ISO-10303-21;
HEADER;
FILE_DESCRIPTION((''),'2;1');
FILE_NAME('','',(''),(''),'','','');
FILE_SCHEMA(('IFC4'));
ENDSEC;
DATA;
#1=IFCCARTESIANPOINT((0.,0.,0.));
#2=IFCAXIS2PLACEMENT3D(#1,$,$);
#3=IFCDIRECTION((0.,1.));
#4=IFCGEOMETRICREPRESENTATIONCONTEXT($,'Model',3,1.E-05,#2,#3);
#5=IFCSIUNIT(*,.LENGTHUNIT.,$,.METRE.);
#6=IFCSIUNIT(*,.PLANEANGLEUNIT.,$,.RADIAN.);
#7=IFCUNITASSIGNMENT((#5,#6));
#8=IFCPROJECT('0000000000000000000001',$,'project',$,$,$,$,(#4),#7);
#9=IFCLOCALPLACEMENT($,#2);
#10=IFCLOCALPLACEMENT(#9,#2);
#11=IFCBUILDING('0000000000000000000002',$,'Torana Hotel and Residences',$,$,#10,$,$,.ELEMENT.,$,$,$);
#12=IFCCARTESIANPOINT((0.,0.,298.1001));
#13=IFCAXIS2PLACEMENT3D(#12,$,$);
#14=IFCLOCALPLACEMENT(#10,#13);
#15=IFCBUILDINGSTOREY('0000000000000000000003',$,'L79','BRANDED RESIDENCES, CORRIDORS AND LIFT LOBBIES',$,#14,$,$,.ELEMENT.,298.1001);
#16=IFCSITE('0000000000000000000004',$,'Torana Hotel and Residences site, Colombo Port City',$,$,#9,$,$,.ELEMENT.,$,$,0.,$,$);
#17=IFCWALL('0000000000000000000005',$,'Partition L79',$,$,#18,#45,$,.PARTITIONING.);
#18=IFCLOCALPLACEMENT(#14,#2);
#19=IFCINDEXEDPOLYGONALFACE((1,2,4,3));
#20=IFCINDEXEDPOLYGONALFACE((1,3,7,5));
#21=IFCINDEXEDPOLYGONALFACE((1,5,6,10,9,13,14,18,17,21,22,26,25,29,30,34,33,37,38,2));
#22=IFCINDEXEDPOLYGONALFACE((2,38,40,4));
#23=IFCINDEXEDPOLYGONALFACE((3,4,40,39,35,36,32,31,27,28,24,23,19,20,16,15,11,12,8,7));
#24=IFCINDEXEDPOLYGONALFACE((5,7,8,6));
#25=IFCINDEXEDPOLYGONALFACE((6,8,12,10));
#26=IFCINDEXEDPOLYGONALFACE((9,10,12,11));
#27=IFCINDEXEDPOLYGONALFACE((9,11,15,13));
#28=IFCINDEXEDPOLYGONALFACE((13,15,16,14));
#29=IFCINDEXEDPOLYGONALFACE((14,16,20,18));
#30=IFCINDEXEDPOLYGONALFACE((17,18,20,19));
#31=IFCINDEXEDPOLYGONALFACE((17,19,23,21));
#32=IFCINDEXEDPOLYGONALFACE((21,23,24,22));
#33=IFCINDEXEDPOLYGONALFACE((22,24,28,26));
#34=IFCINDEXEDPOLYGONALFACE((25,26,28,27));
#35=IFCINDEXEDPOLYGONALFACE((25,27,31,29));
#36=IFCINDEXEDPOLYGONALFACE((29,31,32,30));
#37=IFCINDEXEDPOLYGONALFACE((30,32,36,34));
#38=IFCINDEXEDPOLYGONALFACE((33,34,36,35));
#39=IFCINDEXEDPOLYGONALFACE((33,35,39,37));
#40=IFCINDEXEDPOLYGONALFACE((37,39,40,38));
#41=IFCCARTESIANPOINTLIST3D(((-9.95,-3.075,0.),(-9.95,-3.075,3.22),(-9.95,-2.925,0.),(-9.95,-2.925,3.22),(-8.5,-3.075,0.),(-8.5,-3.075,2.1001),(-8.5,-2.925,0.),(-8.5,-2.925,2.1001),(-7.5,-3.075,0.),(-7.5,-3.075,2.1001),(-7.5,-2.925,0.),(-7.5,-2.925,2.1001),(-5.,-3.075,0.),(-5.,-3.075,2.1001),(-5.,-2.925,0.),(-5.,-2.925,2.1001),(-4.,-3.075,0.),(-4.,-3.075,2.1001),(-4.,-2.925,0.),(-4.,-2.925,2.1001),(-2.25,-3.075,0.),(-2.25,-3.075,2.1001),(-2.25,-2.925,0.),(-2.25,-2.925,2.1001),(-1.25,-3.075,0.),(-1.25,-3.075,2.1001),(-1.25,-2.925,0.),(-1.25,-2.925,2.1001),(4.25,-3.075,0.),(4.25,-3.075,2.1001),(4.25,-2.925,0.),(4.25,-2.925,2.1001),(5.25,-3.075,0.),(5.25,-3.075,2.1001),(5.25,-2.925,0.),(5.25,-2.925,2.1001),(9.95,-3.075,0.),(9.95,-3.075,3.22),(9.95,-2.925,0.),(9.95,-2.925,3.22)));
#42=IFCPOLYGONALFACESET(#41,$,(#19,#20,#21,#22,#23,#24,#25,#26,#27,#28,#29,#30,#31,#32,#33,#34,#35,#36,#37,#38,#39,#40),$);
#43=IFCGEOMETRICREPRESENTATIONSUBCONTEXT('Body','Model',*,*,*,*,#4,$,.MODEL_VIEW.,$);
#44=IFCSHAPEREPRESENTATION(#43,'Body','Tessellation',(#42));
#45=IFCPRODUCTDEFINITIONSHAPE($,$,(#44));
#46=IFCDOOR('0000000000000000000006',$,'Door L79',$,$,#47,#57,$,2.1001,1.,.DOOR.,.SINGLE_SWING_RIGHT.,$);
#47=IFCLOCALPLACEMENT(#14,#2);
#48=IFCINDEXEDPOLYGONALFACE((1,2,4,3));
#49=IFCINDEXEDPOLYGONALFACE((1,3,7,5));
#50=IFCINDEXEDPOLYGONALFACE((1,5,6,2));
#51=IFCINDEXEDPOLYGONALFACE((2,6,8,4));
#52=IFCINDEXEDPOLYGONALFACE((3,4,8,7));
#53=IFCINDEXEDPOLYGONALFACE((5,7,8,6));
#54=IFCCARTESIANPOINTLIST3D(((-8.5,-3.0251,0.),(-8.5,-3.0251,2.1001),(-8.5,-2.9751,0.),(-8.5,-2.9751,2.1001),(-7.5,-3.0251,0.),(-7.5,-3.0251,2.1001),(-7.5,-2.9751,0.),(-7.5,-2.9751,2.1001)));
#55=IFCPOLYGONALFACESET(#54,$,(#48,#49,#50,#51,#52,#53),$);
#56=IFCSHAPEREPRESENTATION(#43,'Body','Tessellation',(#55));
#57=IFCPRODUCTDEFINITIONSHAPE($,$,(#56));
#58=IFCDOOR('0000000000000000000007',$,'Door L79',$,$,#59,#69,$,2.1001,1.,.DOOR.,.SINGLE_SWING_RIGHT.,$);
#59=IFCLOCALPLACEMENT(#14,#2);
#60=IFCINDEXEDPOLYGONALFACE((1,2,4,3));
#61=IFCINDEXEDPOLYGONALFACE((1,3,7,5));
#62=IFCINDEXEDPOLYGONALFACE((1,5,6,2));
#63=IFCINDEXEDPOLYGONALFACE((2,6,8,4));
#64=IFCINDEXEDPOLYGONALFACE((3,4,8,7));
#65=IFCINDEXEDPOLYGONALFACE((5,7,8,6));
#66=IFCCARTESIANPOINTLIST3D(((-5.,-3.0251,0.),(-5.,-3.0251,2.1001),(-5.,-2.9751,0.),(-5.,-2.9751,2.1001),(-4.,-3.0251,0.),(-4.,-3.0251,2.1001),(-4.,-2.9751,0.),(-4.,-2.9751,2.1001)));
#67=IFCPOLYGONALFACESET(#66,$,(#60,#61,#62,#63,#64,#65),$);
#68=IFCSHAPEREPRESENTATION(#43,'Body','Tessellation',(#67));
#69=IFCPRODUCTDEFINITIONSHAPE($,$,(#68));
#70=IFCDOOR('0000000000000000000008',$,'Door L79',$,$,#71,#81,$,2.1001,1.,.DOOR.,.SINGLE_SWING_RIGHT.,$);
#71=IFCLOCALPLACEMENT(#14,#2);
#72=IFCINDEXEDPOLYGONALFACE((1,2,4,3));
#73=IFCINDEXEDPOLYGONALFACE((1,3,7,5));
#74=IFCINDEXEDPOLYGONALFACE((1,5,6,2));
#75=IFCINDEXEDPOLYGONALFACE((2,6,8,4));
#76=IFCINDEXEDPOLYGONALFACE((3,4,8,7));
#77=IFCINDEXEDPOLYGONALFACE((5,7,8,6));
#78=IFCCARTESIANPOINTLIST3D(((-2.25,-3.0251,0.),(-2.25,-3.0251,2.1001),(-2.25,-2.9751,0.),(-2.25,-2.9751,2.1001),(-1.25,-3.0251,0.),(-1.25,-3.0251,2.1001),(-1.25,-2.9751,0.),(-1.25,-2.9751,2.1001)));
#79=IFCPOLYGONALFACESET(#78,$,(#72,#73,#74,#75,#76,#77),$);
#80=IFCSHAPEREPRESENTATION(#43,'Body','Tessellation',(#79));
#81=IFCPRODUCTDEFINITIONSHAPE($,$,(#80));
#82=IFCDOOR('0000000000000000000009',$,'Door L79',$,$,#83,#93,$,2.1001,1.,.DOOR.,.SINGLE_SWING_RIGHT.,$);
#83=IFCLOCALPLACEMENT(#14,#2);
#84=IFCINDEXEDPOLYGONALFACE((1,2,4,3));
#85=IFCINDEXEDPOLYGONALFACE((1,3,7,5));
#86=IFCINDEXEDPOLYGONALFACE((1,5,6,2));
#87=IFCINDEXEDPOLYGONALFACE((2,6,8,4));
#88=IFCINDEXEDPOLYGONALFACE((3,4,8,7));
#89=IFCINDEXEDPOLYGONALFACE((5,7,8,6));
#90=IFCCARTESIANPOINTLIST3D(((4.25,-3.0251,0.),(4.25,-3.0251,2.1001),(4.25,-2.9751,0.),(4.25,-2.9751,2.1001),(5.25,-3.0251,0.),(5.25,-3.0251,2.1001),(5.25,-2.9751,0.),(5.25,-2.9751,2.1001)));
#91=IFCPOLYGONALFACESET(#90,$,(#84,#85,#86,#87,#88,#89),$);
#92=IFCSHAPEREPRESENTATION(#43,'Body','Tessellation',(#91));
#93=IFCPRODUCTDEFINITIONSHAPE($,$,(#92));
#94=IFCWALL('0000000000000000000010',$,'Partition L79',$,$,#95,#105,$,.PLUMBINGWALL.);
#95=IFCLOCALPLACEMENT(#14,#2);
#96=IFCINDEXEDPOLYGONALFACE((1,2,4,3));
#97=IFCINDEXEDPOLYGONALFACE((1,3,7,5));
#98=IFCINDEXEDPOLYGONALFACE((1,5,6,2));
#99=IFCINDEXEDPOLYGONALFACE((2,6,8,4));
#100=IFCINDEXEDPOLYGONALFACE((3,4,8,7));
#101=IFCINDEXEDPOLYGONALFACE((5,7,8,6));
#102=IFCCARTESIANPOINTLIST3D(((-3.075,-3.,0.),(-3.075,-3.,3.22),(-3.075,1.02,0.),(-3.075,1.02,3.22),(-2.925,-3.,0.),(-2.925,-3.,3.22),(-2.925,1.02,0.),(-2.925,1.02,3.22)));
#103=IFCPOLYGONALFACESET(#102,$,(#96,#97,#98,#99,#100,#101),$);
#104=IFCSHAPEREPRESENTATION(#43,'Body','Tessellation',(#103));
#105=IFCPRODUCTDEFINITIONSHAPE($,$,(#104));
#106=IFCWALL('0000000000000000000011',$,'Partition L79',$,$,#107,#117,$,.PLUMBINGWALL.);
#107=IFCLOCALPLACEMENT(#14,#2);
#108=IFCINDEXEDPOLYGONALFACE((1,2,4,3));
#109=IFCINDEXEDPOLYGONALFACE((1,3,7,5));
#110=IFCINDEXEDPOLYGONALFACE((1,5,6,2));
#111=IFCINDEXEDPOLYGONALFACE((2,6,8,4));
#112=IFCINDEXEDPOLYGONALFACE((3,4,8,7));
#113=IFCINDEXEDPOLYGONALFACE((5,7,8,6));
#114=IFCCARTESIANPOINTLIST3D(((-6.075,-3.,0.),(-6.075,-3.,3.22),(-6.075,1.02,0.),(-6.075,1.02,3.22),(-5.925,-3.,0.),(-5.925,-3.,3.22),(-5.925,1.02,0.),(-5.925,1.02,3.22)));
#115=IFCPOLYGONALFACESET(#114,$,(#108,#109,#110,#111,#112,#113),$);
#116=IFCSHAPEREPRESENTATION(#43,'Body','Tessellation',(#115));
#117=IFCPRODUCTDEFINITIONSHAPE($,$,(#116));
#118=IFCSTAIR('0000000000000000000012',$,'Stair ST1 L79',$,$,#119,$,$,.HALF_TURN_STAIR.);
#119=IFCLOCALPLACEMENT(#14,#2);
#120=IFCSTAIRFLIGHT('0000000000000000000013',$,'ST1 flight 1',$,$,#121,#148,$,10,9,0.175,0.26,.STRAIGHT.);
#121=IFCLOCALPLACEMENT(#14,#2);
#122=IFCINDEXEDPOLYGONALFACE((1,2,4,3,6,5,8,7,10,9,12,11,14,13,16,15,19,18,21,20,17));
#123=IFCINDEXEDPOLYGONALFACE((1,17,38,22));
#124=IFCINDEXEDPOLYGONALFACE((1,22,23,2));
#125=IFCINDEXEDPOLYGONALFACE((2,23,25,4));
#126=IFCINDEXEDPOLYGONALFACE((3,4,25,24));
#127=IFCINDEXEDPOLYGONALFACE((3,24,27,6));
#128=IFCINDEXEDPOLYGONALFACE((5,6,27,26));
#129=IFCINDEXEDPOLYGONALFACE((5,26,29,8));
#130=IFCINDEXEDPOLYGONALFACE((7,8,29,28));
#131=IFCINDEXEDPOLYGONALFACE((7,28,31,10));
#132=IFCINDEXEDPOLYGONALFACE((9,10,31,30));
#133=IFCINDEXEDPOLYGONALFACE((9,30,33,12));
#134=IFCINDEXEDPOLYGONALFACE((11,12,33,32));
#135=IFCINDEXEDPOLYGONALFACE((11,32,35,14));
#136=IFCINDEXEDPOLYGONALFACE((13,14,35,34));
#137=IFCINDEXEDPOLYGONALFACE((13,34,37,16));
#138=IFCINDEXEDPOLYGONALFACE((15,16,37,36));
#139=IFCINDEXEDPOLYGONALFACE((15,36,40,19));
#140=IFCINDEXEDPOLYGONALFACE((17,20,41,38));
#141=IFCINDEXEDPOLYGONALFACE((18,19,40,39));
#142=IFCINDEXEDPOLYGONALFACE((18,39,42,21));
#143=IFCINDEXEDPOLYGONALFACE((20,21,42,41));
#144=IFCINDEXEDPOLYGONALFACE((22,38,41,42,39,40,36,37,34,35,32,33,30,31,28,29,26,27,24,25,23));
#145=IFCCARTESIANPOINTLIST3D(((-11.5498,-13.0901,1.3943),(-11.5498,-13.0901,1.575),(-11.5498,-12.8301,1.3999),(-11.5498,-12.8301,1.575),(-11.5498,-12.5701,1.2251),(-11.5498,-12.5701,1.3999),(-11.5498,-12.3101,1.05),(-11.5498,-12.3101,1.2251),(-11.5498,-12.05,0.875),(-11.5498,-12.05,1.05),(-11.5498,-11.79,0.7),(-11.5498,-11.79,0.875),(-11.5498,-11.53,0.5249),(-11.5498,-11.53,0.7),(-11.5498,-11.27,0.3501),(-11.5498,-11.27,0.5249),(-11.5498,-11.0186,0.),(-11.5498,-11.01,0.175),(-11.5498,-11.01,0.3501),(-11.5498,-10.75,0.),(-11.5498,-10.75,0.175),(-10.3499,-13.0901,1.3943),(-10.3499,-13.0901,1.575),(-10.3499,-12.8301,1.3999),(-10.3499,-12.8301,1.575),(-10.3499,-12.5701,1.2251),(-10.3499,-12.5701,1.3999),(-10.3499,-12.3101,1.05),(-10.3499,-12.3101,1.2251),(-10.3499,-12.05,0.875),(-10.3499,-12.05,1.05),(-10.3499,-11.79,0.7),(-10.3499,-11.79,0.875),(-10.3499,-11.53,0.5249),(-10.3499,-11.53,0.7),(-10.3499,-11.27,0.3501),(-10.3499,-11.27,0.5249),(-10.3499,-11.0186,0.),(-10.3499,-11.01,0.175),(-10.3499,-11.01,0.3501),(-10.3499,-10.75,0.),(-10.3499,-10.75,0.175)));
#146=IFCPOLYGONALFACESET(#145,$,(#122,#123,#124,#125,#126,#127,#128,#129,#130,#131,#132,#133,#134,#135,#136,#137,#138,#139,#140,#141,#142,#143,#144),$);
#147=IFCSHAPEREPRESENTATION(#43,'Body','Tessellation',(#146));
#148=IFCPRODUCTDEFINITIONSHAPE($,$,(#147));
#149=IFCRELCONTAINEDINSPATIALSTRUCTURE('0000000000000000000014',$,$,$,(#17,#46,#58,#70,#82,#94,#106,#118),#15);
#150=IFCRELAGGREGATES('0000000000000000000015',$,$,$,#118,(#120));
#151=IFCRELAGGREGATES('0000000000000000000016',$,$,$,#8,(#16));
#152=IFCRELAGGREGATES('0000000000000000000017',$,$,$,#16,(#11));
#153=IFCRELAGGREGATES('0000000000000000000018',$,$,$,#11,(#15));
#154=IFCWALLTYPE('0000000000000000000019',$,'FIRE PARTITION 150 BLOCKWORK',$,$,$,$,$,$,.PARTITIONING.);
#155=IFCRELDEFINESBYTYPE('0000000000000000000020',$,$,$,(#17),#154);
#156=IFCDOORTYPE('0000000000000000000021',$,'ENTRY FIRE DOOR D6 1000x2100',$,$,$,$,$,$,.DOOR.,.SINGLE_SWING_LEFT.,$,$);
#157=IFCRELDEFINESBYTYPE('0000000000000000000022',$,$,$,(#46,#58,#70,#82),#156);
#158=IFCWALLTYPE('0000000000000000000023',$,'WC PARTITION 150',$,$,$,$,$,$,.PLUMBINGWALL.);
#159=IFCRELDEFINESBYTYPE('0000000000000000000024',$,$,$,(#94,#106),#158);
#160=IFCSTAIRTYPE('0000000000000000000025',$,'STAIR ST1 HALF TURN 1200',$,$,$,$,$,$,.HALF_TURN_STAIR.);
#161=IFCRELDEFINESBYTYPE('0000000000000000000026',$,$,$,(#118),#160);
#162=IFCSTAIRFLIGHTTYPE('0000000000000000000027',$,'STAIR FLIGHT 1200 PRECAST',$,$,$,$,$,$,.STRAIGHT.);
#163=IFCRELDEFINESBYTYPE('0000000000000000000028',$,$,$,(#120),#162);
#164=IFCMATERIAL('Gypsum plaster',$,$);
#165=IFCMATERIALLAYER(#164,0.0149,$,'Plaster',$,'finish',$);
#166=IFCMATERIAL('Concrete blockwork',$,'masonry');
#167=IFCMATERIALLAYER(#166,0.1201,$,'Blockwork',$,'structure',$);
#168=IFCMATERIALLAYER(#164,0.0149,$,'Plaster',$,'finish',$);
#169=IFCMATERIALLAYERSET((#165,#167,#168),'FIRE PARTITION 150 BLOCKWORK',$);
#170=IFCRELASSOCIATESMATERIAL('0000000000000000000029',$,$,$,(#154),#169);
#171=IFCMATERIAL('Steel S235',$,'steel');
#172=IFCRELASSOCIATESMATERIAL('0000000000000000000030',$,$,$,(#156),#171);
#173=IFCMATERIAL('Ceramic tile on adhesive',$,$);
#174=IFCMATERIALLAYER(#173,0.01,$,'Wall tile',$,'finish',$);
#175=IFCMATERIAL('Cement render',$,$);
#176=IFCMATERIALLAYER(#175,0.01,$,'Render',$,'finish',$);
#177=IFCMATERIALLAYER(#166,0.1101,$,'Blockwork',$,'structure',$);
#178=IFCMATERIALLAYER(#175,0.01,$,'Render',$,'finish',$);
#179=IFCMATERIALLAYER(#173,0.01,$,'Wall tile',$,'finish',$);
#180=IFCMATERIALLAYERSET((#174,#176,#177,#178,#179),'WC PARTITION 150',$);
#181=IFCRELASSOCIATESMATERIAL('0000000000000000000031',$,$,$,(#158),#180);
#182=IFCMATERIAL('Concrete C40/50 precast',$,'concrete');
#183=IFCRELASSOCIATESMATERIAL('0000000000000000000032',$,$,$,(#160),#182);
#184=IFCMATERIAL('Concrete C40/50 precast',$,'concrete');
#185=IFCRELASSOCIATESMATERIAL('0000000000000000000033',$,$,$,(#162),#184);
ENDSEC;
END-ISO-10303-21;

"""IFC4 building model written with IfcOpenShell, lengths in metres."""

from ifc_helpers import new_model, si_unit, direction, frame, frame_2d, origin, place, context, subcontext, project, spatial, polyline, rectangle, outline, extrude, material, layer, layer_set, type_object, element, fill, aggregate, save


model = new_model("IFC4")

# Units and contexts
model_context = context("Model", 3, precision=1e-05, world=origin(), true_north=direction((0.0, 1.0)))
body_context = subcontext(model_context, "Body", "Model", "MODEL_VIEW")
ifc_project = project(units=[si_unit("LENGTHUNIT", "METRE"), si_unit("PLANEANGLEUNIT", "RADIAN")], contexts=[model_context])

# Site, building, storey
site_placement = place(None, origin())
site = spatial("IfcSite", under=ifc_project, at=site_placement, Name="Torana Hotel and Residences site, Colombo Port City", CompositionType="ELEMENT", RefElevation=0.0)
building_placement = place(site_placement, origin())
building = spatial("IfcBuilding", under=site, at=building_placement, Name="Torana Hotel and Residences", CompositionType="ELEMENT")
storey_placement = place(building_placement, frame((0.0, 0.0, 298.1001)))
storey = spatial("IfcBuildingStorey", under=building, at=storey_placement, Name="L79", Description="BRANDED RESIDENCES, CORRIDORS AND LIFT LOBBIES", CompositionType="ELEMENT", Elevation=298.1001)

# Shared definitions
ifc_material_1 = material(Name="Gypsum plaster")
ifc_layer_1 = layer(ifc_material_1, 0.0149, Name="Plaster", Category="finish")
ifc_material_2 = material(Name="Concrete blockwork", Category="masonry")
ifc_layer_2 = layer(ifc_material_2, 0.1201, Name="Blockwork", Category="structure")
ifc_layer_3 = layer(ifc_material_1, 0.0149, Name="Plaster", Category="finish")
ifc_layer_set_1 = layer_set([ifc_layer_1, ifc_layer_2, ifc_layer_3], Name="FIRE PARTITION 150 BLOCKWORK")
wall_type_1 = type_object("IfcWallType", Name="FIRE PARTITION 150 BLOCKWORK", PredefinedType="PARTITIONING", material=ifc_layer_set_1)

# Wall, openings, doors
ifc_material_3 = material(Name="Steel S235", Category="steel")
door_type_1 = type_object("IfcDoorType", Name="ENTRY FIRE DOOR D6 1000x2100", OperationType="SINGLE_SWING_LEFT", PredefinedType="DOOR", material=ifc_material_3)
wall_1_placement = place(storey_placement, frame((-9.95, -3.0, 0.0), z_axis=(0.0, 0.0, 1.0), x_axis=(1.0, 0.0, 0.0)))
wall_1 = element("IfcWall", 1, at=wall_1_placement, inside=storey, type_object=wall_type_1, Name="Partition L79", PredefinedType="PARTITIONING", context=body_context, shape_type="SweptSolid", body=[
    extrude(rectangle(XDim=19.8999, YDim=0.1499, at=frame_2d((9.95, 0.0))), origin(), (0.0, 0.0, 1.0), 3.22),
])
opening_1_placement = place(wall_1_placement, frame((1.45, 0.0, 0.0)))
opening_1 = element("IfcOpeningElement", 2, at=opening_1_placement, cuts=wall_1, PredefinedType="OPENING", context=body_context, shape_type="SweptSolid", body=[
    extrude(rectangle(XDim=1.0, YDim=2.1001, at=frame_2d((0.5, 1.05))), frame((0.0, 0.085, 0.0), z_axis=(0.0, -1.0, 0.0), x_axis=(1.0, 0.0, 0.0)), (0.0, 0.0, 1.0), 0.1699),
])
opening_2_placement = place(wall_1_placement, frame((4.95, 0.0, 0.0)))
opening_2 = element("IfcOpeningElement", 3, at=opening_2_placement, cuts=wall_1, PredefinedType="OPENING", context=body_context, shape_type="SweptSolid", body=[
    extrude(rectangle(XDim=1.0, YDim=2.1001, at=frame_2d((0.5, 1.05))), frame((0.0, 0.085, 0.0), z_axis=(0.0, -1.0, 0.0), x_axis=(1.0, 0.0, 0.0)), (0.0, 0.0, 1.0), 0.1699),
])
opening_3_placement = place(wall_1_placement, frame((7.7, 0.0, 0.0)))
opening_3 = element("IfcOpeningElement", 4, at=opening_3_placement, cuts=wall_1, PredefinedType="OPENING", context=body_context, shape_type="SweptSolid", body=[
    extrude(rectangle(XDim=1.0, YDim=2.1001, at=frame_2d((0.5, 1.05))), frame((0.0, 0.085, 0.0), z_axis=(0.0, -1.0, 0.0), x_axis=(1.0, 0.0, 0.0)), (0.0, 0.0, 1.0), 0.1699),
])
opening_4_placement = place(wall_1_placement, frame((14.2, 0.0, 0.0)))
opening_4 = element("IfcOpeningElement", 5, at=opening_4_placement, cuts=wall_1, PredefinedType="OPENING", context=body_context, shape_type="SweptSolid", body=[
    extrude(rectangle(XDim=1.0, YDim=2.1001, at=frame_2d((0.5, 1.05))), frame((0.0, 0.085, 0.0), z_axis=(0.0, -1.0, 0.0), x_axis=(1.0, 0.0, 0.0)), (0.0, 0.0, 1.0), 0.1699),
])
door_1_placement = place(opening_1_placement, origin())
door_1 = element("IfcDoor", 6, at=door_1_placement, inside=storey, type_object=door_type_1, Name="Door L79", OperationType="SINGLE_SWING_RIGHT", OverallHeight=2.1001, OverallWidth=1.0, PredefinedType="DOOR", context=body_context, shape_type="SweptSolid", body=[
    extrude(rectangle(XDim=1.0, YDim=2.1001, at=frame_2d((0.5, 1.05))), frame((0.0, 0.0249, 0.0), z_axis=(0.0, -1.0, 0.0), x_axis=(1.0, 0.0, 0.0)), (0.0, 0.0, 1.0), 0.05),
])
fill(opening_1, door_1)
door_2_placement = place(opening_2_placement, origin())
door_2 = element("IfcDoor", 7, at=door_2_placement, inside=storey, type_object=door_type_1, Name="Door L79", OperationType="SINGLE_SWING_RIGHT", OverallHeight=2.1001, OverallWidth=1.0, PredefinedType="DOOR", context=body_context, shape_type="SweptSolid", body=[
    extrude(rectangle(XDim=1.0, YDim=2.1001, at=frame_2d((0.5, 1.05))), frame((0.0, 0.0249, 0.0), z_axis=(0.0, -1.0, 0.0), x_axis=(1.0, 0.0, 0.0)), (0.0, 0.0, 1.0), 0.05),
])
fill(opening_2, door_2)
door_3_placement = place(opening_3_placement, origin())
door_3 = element("IfcDoor", 8, at=door_3_placement, inside=storey, type_object=door_type_1, Name="Door L79", OperationType="SINGLE_SWING_RIGHT", OverallHeight=2.1001, OverallWidth=1.0, PredefinedType="DOOR", context=body_context, shape_type="SweptSolid", body=[
    extrude(rectangle(XDim=1.0, YDim=2.1001, at=frame_2d((0.5, 1.05))), frame((0.0, 0.0249, 0.0), z_axis=(0.0, -1.0, 0.0), x_axis=(1.0, 0.0, 0.0)), (0.0, 0.0, 1.0), 0.05),
])
fill(opening_3, door_3)
door_4_placement = place(opening_4_placement, origin())
door_4 = element("IfcDoor", 9, at=door_4_placement, inside=storey, type_object=door_type_1, Name="Door L79", OperationType="SINGLE_SWING_RIGHT", OverallHeight=2.1001, OverallWidth=1.0, PredefinedType="DOOR", context=body_context, shape_type="SweptSolid", body=[
    extrude(rectangle(XDim=1.0, YDim=2.1001, at=frame_2d((0.5, 1.05))), frame((0.0, 0.0249, 0.0), z_axis=(0.0, -1.0, 0.0), x_axis=(1.0, 0.0, 0.0)), (0.0, 0.0, 1.0), 0.05),
])
fill(opening_4, door_4)

# Walls
ifc_material_4 = material(Name="Ceramic tile on adhesive")
ifc_layer_4 = layer(ifc_material_4, 0.01, Name="Wall tile", Category="finish")
ifc_material_5 = material(Name="Cement render")
ifc_layer_5 = layer(ifc_material_5, 0.01, Name="Render", Category="finish")
ifc_layer_6 = layer(ifc_material_2, 0.1101, Name="Blockwork", Category="structure")
ifc_layer_7 = layer(ifc_material_5, 0.01, Name="Render", Category="finish")
ifc_layer_8 = layer(ifc_material_4, 0.01, Name="Wall tile", Category="finish")
ifc_layer_set_2 = layer_set([ifc_layer_4, ifc_layer_5, ifc_layer_6, ifc_layer_7, ifc_layer_8], Name="WC PARTITION 150")
wall_type_2 = type_object("IfcWallType", Name="WC PARTITION 150", PredefinedType="PLUMBINGWALL", material=ifc_layer_set_2)
for number, where, z_axis, x_axis, name in (
    (10, (-3.0, -3.0, 0.0), (0.0, 0.0, 1.0), (0.0, 1.0, 0.0), "Partition L79"),
    (11, (-6.0, -3.0, 0.0), (0.0, 0.0, 1.0), (0.0, 1.0, 0.0), "Partition L79"),
):
    element("IfcWall", number, at=place(storey_placement, frame(where, z_axis=z_axis, x_axis=x_axis)), inside=storey, type_object=wall_type_2, Name=name, PredefinedType="PLUMBINGWALL", context=body_context, shape_type="SweptSolid", body=[
        extrude(rectangle(XDim=4.02, YDim=0.1499, at=frame_2d((2.01, 0.0))), origin(), (0.0, 0.0, 1.0), 3.22),
    ])

# Stair, stair flight
ifc_material_6 = material(Name="Concrete C40/50 precast", Category="concrete")
stair_type = type_object("IfcStairType", Name="STAIR ST1 HALF TURN 1200", PredefinedType="HALF_TURN_STAIR", material=ifc_material_6)
stair_placement = place(storey_placement, origin())
stair = element("IfcStair", 12, at=stair_placement, inside=storey, type_object=stair_type, Name="Stair ST1 L79", PredefinedType="HALF_TURN_STAIR")
ifc_material_7 = material(Name="Concrete C40/50 precast", Category="concrete")
stair_flight_type = type_object("IfcStairFlightType", Name="STAIR FLIGHT 1200 PRECAST", PredefinedType="STRAIGHT", material=ifc_material_7)
stair_flight_1_placement = place(storey_placement, frame((-10.95, -10.75, 0.0), z_axis=(0.0, 0.0, 1.0), x_axis=(0.0, -1.0, 0.0)))
stair_flight_1 = element("IfcStairFlight", 13, at=stair_flight_1_placement, type_object=stair_flight_type, Name="ST1 flight 1", NumberOfRisers=10, NumberOfTreads=9, PredefinedType="STRAIGHT", RiserHeight=0.175, TreadLength=0.26, context=body_context, shape_type="SweptSolid", body=[
    extrude(outline(polyline([(0.0, 0.0), (0.0, 0.175), (0.26, 0.175), (0.26, 0.3501), (0.52, 0.3501), (0.52, 0.5249), (0.78, 0.5249), (0.78, 0.7), (1.04, 0.7), (1.04, 0.875), (1.3, 0.875), (1.3, 1.05), (1.5601, 1.05), (1.5601, 1.2251), (1.8201, 1.2251), (1.8201, 1.3999), (2.0801, 1.3999), (2.0801, 1.575), (2.3401, 1.575), (2.3401, 1.75), (2.3401, 1.3943), (0.2686, 0.0), (0.0, 0.0)])), frame((0.0, 0.6001, 0.0), z_axis=(0.0, -1.0, 0.0), x_axis=(1.0, 0.0, 0.0)), (0.0, 0.0, 1.0), 1.2),
])
aggregate(stair, [stair_flight_1])

save(model, "model.ifc")
